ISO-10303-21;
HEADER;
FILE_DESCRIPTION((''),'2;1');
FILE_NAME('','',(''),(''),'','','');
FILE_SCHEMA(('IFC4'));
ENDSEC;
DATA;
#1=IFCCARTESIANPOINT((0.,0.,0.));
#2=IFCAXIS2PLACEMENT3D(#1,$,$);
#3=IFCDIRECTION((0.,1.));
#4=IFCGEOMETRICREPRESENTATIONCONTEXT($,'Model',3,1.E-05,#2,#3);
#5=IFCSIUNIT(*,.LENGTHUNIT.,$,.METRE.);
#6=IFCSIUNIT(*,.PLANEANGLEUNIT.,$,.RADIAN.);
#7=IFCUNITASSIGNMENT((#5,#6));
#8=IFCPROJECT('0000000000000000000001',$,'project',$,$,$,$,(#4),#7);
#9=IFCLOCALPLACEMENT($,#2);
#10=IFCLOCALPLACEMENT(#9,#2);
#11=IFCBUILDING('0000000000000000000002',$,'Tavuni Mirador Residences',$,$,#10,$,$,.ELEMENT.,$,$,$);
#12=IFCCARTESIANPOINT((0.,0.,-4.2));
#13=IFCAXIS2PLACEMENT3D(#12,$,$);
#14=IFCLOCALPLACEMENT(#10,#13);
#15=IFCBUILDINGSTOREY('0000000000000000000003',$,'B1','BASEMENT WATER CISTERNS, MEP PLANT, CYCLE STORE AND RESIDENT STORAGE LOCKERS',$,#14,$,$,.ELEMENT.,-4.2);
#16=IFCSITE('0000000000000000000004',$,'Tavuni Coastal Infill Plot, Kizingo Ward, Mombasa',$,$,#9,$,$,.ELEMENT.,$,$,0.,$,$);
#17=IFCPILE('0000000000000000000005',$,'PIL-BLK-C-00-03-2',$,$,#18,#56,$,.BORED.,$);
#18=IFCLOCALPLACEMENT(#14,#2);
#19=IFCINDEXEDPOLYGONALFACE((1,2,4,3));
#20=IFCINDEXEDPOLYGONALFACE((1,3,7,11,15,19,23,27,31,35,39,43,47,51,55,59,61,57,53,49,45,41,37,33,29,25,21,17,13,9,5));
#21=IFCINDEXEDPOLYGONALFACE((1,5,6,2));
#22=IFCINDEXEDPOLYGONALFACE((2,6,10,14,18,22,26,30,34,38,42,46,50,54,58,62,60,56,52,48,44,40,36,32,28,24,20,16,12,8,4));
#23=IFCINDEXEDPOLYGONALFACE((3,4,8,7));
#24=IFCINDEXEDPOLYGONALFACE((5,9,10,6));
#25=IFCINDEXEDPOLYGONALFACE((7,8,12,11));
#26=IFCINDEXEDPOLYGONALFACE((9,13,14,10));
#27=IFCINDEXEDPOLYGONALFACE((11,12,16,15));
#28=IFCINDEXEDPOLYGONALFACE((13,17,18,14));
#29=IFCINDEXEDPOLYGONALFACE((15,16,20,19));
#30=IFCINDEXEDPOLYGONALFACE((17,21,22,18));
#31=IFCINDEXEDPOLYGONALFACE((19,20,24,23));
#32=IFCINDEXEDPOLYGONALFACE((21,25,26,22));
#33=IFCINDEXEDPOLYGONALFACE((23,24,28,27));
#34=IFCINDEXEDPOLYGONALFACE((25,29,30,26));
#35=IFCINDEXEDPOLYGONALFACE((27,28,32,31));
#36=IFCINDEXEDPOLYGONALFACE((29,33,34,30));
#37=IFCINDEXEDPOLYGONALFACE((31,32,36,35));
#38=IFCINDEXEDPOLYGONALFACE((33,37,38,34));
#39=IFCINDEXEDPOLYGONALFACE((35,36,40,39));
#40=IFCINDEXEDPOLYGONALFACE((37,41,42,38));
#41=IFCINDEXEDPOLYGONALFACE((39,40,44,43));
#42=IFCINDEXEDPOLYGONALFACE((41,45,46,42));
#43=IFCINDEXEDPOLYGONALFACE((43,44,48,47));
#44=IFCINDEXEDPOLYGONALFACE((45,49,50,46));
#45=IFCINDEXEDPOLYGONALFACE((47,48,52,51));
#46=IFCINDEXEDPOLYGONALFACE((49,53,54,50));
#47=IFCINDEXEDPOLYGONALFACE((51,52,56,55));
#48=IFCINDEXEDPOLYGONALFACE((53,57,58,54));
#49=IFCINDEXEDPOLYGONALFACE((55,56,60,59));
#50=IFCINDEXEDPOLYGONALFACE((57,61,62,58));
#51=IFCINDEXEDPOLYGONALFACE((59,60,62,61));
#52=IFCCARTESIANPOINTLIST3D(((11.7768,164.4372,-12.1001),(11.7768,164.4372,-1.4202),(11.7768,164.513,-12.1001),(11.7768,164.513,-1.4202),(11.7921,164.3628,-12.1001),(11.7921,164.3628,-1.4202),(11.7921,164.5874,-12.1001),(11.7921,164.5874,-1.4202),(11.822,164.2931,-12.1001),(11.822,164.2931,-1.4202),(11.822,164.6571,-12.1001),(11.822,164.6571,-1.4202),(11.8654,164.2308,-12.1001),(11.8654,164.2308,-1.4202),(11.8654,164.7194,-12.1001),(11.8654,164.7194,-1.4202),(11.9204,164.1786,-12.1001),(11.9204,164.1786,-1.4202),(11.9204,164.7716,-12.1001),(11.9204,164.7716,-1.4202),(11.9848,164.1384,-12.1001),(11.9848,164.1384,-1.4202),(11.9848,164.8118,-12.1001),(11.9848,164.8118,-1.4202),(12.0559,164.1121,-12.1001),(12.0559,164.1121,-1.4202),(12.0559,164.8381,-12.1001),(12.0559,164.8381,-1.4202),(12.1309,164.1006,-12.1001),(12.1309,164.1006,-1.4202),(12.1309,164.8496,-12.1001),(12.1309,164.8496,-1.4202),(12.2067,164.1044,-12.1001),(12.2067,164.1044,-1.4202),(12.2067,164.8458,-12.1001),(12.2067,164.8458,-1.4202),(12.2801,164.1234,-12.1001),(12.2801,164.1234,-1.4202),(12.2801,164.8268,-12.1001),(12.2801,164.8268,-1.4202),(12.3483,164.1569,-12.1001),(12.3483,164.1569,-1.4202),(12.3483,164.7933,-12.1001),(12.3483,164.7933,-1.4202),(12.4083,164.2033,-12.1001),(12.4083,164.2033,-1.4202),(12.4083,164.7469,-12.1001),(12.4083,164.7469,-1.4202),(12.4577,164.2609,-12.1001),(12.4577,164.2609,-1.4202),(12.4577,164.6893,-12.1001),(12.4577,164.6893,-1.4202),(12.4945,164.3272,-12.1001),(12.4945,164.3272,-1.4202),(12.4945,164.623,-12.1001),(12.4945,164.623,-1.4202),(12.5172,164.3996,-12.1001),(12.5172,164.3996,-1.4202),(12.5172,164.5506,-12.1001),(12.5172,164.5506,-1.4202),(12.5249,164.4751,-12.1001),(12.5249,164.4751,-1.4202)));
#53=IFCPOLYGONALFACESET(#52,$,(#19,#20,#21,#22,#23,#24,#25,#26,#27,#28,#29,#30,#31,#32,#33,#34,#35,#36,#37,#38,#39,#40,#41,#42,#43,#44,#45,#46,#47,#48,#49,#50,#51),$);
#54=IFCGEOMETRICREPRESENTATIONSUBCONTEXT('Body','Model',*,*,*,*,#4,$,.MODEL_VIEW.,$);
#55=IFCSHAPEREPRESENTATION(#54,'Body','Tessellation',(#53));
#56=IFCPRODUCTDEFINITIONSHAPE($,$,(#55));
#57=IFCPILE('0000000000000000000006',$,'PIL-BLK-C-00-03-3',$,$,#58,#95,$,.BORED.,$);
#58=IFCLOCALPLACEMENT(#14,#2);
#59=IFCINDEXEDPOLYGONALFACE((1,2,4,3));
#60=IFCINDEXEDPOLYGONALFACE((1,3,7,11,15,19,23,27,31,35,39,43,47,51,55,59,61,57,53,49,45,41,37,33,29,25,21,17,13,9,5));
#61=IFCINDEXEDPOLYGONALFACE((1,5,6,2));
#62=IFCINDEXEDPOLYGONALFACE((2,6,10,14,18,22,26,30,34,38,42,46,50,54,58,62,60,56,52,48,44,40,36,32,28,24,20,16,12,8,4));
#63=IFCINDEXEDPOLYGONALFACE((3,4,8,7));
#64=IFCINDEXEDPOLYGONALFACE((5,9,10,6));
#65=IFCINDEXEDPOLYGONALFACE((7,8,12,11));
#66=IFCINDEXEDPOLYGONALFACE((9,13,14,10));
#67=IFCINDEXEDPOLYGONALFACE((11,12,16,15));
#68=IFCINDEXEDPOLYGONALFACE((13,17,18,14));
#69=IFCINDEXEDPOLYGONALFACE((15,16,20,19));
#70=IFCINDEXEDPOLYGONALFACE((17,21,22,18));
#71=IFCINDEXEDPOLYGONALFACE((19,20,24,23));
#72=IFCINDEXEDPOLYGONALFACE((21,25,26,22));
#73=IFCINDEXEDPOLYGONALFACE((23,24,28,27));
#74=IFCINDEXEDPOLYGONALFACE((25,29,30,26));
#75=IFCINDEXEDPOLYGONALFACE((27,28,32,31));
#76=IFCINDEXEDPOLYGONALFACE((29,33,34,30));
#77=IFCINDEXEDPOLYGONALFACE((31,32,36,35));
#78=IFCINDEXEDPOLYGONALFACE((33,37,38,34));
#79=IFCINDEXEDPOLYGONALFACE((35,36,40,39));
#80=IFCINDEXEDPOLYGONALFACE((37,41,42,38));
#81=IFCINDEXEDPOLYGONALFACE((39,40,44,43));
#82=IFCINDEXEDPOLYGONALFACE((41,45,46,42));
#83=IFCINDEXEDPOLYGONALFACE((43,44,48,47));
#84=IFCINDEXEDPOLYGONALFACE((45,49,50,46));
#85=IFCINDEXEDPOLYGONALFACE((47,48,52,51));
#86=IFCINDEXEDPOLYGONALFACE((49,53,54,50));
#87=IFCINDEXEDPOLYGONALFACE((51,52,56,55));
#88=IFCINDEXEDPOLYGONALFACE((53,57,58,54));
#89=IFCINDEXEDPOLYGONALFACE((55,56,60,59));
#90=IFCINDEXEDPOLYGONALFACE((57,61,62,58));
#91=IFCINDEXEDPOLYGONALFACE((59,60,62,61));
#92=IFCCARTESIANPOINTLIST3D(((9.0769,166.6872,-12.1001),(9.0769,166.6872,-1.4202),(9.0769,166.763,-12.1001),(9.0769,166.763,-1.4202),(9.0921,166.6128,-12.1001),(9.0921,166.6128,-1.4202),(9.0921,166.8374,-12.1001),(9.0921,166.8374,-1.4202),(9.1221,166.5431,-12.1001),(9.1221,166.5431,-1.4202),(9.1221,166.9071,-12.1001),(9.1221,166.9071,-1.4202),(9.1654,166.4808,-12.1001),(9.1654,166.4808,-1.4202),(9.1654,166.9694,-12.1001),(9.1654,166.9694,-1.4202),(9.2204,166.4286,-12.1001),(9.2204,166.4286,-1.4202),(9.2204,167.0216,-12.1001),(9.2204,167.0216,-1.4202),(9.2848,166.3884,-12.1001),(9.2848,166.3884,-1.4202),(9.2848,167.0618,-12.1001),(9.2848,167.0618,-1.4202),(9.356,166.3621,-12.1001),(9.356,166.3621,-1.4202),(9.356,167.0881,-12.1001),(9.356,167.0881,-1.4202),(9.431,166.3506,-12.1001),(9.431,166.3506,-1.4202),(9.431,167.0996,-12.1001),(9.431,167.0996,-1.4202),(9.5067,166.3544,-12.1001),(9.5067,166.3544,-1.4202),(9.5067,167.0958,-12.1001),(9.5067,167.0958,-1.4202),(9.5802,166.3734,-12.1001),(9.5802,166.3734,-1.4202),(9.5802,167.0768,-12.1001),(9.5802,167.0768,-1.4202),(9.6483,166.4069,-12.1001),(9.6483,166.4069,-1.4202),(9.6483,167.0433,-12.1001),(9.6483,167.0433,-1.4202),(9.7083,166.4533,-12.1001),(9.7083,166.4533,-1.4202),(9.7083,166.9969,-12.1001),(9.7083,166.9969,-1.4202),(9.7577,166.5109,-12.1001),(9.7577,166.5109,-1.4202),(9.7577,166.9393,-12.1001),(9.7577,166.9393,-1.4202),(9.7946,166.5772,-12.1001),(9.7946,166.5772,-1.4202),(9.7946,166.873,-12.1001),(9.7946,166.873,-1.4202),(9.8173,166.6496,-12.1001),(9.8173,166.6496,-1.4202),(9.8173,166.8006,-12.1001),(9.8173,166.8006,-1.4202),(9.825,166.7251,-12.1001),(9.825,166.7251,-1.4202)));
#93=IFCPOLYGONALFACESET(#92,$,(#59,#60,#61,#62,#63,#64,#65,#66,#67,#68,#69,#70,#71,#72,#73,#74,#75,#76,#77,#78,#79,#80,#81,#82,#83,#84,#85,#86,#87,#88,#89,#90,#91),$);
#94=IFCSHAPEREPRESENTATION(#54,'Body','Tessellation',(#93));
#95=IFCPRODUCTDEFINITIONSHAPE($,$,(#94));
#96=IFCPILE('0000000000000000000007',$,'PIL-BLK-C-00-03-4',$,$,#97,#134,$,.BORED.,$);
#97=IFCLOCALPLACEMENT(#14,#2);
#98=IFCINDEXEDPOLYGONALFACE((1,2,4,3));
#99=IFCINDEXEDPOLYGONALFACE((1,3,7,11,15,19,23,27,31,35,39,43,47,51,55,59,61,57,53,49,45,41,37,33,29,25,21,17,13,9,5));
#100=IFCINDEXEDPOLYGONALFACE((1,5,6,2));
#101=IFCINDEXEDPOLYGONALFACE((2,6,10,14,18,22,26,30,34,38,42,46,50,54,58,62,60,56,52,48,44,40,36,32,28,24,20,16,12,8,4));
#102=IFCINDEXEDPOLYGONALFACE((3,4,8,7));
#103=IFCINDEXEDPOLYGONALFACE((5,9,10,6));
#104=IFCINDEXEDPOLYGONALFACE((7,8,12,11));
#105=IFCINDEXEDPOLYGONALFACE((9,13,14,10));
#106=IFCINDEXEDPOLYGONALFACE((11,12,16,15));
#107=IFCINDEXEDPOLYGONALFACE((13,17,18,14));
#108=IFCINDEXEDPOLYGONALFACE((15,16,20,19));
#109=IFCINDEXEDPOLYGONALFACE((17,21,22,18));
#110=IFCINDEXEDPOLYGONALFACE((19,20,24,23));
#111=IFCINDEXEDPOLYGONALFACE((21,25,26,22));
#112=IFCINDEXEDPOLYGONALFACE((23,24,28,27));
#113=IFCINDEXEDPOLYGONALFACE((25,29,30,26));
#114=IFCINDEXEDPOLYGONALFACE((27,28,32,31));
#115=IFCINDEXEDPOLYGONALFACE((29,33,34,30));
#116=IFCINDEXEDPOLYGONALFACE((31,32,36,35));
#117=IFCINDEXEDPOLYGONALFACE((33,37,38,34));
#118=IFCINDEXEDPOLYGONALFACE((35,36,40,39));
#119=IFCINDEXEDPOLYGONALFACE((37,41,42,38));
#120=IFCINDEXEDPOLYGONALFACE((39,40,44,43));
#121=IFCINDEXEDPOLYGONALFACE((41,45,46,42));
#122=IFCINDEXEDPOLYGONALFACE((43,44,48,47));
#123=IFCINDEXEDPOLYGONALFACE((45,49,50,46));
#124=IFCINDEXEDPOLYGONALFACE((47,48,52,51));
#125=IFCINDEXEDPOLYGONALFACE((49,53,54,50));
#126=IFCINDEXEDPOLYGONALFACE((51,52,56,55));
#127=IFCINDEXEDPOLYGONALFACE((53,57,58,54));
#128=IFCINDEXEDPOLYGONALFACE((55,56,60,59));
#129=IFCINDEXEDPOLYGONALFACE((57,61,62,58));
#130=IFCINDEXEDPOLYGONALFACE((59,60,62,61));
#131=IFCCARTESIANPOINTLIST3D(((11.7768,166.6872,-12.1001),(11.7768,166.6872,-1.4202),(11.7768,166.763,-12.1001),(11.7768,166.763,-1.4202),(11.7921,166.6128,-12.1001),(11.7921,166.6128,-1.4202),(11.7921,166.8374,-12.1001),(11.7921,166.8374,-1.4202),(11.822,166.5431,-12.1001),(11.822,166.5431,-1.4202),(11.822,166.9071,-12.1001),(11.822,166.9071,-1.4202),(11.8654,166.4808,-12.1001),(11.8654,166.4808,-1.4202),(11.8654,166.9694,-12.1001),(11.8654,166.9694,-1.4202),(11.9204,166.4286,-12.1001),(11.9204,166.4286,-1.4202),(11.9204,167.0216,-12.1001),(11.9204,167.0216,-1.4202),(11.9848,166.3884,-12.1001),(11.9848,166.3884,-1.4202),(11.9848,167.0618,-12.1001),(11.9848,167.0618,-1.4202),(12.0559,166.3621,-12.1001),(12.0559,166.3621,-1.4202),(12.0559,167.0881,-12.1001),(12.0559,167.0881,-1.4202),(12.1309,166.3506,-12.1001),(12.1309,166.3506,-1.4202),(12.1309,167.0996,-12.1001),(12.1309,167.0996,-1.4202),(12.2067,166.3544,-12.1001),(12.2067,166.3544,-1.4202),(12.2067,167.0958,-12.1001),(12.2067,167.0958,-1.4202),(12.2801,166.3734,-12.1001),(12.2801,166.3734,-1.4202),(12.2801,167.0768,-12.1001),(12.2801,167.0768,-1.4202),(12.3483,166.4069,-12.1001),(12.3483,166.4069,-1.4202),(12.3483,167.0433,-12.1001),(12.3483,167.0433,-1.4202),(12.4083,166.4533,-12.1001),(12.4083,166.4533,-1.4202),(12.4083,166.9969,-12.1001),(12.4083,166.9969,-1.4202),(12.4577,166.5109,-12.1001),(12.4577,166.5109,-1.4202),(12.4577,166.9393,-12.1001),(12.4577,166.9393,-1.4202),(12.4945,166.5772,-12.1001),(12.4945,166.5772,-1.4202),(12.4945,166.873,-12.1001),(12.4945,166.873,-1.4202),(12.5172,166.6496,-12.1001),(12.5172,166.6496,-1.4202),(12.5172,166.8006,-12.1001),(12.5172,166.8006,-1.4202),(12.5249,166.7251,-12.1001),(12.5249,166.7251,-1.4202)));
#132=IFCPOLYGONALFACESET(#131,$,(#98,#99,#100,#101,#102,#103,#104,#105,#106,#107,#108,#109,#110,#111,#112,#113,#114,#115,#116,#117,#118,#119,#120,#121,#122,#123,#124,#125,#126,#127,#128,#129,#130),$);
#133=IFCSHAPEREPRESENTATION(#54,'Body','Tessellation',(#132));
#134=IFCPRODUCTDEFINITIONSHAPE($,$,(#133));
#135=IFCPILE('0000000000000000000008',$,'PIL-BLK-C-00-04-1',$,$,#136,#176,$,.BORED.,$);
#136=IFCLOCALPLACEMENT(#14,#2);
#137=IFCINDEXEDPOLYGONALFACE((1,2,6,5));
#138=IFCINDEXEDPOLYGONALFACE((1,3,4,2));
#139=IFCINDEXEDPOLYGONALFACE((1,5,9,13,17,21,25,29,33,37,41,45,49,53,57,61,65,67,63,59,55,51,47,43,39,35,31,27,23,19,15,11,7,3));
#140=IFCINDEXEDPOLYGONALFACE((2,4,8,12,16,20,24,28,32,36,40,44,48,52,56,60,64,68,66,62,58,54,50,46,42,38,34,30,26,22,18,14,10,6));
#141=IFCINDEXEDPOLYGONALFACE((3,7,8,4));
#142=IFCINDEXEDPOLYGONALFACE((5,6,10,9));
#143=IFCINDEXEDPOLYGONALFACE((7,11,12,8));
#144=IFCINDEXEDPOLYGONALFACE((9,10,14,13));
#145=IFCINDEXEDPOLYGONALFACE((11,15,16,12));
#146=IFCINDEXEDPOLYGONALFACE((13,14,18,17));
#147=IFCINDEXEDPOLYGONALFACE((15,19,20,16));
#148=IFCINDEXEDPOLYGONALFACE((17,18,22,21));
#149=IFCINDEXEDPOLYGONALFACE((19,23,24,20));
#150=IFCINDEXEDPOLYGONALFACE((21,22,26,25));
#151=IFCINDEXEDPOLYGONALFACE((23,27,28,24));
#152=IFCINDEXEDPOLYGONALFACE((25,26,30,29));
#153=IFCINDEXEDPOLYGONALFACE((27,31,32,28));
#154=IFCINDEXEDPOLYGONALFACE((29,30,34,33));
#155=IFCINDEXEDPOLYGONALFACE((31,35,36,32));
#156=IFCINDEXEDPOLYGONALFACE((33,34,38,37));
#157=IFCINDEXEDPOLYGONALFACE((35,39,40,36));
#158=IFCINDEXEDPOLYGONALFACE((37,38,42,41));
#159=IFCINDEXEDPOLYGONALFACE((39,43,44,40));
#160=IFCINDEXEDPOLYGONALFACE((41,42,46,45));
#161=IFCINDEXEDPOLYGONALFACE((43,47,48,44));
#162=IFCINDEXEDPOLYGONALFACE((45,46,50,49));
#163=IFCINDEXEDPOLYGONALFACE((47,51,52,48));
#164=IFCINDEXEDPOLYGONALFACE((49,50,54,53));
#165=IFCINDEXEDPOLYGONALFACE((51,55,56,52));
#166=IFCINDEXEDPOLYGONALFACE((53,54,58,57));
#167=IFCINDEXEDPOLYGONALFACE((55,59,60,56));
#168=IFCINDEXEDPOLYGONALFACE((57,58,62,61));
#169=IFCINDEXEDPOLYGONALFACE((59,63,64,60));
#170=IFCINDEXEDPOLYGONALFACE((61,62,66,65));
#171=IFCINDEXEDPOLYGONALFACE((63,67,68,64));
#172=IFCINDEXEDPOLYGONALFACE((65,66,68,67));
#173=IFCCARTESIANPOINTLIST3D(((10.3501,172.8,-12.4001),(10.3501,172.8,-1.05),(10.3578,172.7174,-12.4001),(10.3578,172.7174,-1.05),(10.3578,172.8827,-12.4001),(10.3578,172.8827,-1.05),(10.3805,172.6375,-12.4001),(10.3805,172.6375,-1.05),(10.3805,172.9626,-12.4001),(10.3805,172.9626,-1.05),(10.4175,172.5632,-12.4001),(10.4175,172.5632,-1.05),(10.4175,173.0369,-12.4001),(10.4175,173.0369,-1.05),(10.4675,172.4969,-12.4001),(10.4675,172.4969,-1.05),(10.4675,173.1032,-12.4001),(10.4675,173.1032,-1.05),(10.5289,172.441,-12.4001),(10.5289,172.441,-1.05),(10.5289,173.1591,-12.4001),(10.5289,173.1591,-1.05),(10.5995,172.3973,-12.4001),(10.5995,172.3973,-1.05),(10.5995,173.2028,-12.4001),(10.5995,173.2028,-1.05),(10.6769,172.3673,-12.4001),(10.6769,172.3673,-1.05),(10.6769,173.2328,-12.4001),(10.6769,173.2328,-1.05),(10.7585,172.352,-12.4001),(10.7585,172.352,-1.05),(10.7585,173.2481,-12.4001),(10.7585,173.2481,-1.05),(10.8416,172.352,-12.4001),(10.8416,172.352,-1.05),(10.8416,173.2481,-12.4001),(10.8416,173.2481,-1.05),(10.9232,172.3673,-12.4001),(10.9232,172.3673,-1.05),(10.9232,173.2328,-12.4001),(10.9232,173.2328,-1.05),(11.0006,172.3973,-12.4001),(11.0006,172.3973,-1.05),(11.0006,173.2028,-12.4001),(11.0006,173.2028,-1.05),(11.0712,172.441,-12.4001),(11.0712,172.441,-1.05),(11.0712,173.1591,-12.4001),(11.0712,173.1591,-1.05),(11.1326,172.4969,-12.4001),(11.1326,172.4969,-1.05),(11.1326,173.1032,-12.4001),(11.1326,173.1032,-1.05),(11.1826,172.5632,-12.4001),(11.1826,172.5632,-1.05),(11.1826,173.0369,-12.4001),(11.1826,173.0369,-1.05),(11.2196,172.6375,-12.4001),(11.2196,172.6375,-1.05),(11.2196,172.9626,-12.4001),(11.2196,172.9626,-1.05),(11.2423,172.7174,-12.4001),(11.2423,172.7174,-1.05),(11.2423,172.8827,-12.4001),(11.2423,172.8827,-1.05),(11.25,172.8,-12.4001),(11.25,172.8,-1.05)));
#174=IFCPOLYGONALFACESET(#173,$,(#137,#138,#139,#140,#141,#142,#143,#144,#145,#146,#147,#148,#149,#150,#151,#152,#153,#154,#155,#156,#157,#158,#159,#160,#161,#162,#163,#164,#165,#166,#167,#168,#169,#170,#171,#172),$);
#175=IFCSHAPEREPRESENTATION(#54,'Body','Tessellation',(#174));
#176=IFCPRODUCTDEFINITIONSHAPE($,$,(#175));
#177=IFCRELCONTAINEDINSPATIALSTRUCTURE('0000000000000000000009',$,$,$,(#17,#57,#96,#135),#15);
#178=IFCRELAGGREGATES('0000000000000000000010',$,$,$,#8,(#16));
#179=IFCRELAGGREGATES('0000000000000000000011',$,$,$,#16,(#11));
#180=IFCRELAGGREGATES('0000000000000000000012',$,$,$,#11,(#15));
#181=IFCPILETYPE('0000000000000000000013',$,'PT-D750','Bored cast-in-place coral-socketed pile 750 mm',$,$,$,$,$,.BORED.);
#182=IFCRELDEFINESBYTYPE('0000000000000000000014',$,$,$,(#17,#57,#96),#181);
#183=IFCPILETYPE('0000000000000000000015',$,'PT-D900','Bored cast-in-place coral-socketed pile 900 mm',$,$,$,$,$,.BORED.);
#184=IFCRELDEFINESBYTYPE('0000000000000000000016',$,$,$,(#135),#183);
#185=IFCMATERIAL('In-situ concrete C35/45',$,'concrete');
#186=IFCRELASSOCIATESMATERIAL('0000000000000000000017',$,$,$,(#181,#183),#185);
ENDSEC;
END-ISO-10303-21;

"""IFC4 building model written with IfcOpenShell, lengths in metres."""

from ifc_helpers import new_model, si_unit, direction, frame, origin, origin_2d, place, context, subcontext, project, spatial, circle, extrude, material, material_profile, profile_set, type_object, element, save


model = new_model("IFC4")

# Units and contexts
model_context = context("Model", 3, precision=1e-05, world=origin(), true_north=direction((0.0, 1.0)))
body_context = subcontext(model_context, "Body", "Model", "MODEL_VIEW")
ifc_project = project(units=[si_unit("LENGTHUNIT", "METRE"), si_unit("PLANEANGLEUNIT", "RADIAN")], contexts=[model_context])

# Site, building, storey
site_placement = place(None, origin())
site = spatial("IfcSite", under=ifc_project, at=site_placement, Name="Tavuni Coastal Infill Plot, Kizingo Ward, Mombasa", CompositionType="ELEMENT", RefElevation=0.0)
building_placement = place(site_placement, origin())
building = spatial("IfcBuilding", under=site, at=building_placement, Name="Tavuni Mirador Residences", CompositionType="ELEMENT")
storey_placement = place(building_placement, frame((0.0, 0.0, -4.2)))
storey = spatial("IfcBuildingStorey", under=building, at=storey_placement, Name="B1", Description="BASEMENT WATER CISTERNS, MEP PLANT, CYCLE STORE AND RESIDENT STORAGE LOCKERS", CompositionType="ELEMENT", Elevation=-4.2)

# Shared definitions
ifc_material_1 = material(Name="In-situ concrete C35/45", Category="concrete")

# Piles
ifc_material_profile_1 = material_profile(ifc_material_1, circle(Radius=0.375, at=origin_2d()), Name="PILE D750", Category="concrete")
ifc_profile_set_1 = profile_set([ifc_material_profile_1], Name="In-situ concrete C35/45")
pile_type_1 = type_object("IfcPileType", Name="PT-D750", Description="Bored cast-in-place coral-socketed pile 750 mm", PredefinedType="BORED", material=ifc_profile_set_1)
for number, where, z_axis, x_axis, name in (
    (1, (12.1499, 164.4751, -1.4202), (0.0, 0.0, -1.0), (1.0, 0.0, 0.0), "PIL-BLK-C-00-03-2"),
    (2, (9.45, 166.7251, -1.4202), (0.0, 0.0, -1.0), (1.0, 0.0, 0.0), "PIL-BLK-C-00-03-3"),
    (3, (12.1499, 166.7251, -1.4202), (0.0, 0.0, -1.0), (1.0, 0.0, 0.0), "PIL-BLK-C-00-03-4"),
):
    element("IfcPile", number, at=place(storey_placement, frame(where, z_axis=z_axis, x_axis=x_axis)), inside=storey, type_object=pile_type_1, Name=name, PredefinedType="BORED", context=body_context, shape_type="SweptSolid", body=[
        extrude(circle(Radius=0.375, at=origin_2d()), origin(), (0.0, 0.0, 1.0), 10.6799),
    ])
ifc_material_profile_2 = material_profile(ifc_material_1, circle(Radius=0.45, at=origin_2d()), Name="PILE D900", Category="concrete")
ifc_profile_set_2 = profile_set([ifc_material_profile_2], Name="In-situ concrete C35/45")
pile_type_2 = type_object("IfcPileType", Name="PT-D900", Description="Bored cast-in-place coral-socketed pile 900 mm", PredefinedType="BORED", material=ifc_profile_set_2)
pile_1_placement = place(storey_placement, frame((10.8, 172.8, -1.05), z_axis=(0.0, 0.0, -1.0), x_axis=(1.0, 0.0, 0.0)))
element("IfcPile", 4, at=pile_1_placement, inside=storey, type_object=pile_type_2, Name="PIL-BLK-C-00-04-1", PredefinedType="BORED", context=body_context, shape_type="SweptSolid", body=[
    extrude(circle(Radius=0.45, at=origin_2d()), origin(), (0.0, 0.0, 1.0), 11.3501),
])

save(model, "model.ifc")
